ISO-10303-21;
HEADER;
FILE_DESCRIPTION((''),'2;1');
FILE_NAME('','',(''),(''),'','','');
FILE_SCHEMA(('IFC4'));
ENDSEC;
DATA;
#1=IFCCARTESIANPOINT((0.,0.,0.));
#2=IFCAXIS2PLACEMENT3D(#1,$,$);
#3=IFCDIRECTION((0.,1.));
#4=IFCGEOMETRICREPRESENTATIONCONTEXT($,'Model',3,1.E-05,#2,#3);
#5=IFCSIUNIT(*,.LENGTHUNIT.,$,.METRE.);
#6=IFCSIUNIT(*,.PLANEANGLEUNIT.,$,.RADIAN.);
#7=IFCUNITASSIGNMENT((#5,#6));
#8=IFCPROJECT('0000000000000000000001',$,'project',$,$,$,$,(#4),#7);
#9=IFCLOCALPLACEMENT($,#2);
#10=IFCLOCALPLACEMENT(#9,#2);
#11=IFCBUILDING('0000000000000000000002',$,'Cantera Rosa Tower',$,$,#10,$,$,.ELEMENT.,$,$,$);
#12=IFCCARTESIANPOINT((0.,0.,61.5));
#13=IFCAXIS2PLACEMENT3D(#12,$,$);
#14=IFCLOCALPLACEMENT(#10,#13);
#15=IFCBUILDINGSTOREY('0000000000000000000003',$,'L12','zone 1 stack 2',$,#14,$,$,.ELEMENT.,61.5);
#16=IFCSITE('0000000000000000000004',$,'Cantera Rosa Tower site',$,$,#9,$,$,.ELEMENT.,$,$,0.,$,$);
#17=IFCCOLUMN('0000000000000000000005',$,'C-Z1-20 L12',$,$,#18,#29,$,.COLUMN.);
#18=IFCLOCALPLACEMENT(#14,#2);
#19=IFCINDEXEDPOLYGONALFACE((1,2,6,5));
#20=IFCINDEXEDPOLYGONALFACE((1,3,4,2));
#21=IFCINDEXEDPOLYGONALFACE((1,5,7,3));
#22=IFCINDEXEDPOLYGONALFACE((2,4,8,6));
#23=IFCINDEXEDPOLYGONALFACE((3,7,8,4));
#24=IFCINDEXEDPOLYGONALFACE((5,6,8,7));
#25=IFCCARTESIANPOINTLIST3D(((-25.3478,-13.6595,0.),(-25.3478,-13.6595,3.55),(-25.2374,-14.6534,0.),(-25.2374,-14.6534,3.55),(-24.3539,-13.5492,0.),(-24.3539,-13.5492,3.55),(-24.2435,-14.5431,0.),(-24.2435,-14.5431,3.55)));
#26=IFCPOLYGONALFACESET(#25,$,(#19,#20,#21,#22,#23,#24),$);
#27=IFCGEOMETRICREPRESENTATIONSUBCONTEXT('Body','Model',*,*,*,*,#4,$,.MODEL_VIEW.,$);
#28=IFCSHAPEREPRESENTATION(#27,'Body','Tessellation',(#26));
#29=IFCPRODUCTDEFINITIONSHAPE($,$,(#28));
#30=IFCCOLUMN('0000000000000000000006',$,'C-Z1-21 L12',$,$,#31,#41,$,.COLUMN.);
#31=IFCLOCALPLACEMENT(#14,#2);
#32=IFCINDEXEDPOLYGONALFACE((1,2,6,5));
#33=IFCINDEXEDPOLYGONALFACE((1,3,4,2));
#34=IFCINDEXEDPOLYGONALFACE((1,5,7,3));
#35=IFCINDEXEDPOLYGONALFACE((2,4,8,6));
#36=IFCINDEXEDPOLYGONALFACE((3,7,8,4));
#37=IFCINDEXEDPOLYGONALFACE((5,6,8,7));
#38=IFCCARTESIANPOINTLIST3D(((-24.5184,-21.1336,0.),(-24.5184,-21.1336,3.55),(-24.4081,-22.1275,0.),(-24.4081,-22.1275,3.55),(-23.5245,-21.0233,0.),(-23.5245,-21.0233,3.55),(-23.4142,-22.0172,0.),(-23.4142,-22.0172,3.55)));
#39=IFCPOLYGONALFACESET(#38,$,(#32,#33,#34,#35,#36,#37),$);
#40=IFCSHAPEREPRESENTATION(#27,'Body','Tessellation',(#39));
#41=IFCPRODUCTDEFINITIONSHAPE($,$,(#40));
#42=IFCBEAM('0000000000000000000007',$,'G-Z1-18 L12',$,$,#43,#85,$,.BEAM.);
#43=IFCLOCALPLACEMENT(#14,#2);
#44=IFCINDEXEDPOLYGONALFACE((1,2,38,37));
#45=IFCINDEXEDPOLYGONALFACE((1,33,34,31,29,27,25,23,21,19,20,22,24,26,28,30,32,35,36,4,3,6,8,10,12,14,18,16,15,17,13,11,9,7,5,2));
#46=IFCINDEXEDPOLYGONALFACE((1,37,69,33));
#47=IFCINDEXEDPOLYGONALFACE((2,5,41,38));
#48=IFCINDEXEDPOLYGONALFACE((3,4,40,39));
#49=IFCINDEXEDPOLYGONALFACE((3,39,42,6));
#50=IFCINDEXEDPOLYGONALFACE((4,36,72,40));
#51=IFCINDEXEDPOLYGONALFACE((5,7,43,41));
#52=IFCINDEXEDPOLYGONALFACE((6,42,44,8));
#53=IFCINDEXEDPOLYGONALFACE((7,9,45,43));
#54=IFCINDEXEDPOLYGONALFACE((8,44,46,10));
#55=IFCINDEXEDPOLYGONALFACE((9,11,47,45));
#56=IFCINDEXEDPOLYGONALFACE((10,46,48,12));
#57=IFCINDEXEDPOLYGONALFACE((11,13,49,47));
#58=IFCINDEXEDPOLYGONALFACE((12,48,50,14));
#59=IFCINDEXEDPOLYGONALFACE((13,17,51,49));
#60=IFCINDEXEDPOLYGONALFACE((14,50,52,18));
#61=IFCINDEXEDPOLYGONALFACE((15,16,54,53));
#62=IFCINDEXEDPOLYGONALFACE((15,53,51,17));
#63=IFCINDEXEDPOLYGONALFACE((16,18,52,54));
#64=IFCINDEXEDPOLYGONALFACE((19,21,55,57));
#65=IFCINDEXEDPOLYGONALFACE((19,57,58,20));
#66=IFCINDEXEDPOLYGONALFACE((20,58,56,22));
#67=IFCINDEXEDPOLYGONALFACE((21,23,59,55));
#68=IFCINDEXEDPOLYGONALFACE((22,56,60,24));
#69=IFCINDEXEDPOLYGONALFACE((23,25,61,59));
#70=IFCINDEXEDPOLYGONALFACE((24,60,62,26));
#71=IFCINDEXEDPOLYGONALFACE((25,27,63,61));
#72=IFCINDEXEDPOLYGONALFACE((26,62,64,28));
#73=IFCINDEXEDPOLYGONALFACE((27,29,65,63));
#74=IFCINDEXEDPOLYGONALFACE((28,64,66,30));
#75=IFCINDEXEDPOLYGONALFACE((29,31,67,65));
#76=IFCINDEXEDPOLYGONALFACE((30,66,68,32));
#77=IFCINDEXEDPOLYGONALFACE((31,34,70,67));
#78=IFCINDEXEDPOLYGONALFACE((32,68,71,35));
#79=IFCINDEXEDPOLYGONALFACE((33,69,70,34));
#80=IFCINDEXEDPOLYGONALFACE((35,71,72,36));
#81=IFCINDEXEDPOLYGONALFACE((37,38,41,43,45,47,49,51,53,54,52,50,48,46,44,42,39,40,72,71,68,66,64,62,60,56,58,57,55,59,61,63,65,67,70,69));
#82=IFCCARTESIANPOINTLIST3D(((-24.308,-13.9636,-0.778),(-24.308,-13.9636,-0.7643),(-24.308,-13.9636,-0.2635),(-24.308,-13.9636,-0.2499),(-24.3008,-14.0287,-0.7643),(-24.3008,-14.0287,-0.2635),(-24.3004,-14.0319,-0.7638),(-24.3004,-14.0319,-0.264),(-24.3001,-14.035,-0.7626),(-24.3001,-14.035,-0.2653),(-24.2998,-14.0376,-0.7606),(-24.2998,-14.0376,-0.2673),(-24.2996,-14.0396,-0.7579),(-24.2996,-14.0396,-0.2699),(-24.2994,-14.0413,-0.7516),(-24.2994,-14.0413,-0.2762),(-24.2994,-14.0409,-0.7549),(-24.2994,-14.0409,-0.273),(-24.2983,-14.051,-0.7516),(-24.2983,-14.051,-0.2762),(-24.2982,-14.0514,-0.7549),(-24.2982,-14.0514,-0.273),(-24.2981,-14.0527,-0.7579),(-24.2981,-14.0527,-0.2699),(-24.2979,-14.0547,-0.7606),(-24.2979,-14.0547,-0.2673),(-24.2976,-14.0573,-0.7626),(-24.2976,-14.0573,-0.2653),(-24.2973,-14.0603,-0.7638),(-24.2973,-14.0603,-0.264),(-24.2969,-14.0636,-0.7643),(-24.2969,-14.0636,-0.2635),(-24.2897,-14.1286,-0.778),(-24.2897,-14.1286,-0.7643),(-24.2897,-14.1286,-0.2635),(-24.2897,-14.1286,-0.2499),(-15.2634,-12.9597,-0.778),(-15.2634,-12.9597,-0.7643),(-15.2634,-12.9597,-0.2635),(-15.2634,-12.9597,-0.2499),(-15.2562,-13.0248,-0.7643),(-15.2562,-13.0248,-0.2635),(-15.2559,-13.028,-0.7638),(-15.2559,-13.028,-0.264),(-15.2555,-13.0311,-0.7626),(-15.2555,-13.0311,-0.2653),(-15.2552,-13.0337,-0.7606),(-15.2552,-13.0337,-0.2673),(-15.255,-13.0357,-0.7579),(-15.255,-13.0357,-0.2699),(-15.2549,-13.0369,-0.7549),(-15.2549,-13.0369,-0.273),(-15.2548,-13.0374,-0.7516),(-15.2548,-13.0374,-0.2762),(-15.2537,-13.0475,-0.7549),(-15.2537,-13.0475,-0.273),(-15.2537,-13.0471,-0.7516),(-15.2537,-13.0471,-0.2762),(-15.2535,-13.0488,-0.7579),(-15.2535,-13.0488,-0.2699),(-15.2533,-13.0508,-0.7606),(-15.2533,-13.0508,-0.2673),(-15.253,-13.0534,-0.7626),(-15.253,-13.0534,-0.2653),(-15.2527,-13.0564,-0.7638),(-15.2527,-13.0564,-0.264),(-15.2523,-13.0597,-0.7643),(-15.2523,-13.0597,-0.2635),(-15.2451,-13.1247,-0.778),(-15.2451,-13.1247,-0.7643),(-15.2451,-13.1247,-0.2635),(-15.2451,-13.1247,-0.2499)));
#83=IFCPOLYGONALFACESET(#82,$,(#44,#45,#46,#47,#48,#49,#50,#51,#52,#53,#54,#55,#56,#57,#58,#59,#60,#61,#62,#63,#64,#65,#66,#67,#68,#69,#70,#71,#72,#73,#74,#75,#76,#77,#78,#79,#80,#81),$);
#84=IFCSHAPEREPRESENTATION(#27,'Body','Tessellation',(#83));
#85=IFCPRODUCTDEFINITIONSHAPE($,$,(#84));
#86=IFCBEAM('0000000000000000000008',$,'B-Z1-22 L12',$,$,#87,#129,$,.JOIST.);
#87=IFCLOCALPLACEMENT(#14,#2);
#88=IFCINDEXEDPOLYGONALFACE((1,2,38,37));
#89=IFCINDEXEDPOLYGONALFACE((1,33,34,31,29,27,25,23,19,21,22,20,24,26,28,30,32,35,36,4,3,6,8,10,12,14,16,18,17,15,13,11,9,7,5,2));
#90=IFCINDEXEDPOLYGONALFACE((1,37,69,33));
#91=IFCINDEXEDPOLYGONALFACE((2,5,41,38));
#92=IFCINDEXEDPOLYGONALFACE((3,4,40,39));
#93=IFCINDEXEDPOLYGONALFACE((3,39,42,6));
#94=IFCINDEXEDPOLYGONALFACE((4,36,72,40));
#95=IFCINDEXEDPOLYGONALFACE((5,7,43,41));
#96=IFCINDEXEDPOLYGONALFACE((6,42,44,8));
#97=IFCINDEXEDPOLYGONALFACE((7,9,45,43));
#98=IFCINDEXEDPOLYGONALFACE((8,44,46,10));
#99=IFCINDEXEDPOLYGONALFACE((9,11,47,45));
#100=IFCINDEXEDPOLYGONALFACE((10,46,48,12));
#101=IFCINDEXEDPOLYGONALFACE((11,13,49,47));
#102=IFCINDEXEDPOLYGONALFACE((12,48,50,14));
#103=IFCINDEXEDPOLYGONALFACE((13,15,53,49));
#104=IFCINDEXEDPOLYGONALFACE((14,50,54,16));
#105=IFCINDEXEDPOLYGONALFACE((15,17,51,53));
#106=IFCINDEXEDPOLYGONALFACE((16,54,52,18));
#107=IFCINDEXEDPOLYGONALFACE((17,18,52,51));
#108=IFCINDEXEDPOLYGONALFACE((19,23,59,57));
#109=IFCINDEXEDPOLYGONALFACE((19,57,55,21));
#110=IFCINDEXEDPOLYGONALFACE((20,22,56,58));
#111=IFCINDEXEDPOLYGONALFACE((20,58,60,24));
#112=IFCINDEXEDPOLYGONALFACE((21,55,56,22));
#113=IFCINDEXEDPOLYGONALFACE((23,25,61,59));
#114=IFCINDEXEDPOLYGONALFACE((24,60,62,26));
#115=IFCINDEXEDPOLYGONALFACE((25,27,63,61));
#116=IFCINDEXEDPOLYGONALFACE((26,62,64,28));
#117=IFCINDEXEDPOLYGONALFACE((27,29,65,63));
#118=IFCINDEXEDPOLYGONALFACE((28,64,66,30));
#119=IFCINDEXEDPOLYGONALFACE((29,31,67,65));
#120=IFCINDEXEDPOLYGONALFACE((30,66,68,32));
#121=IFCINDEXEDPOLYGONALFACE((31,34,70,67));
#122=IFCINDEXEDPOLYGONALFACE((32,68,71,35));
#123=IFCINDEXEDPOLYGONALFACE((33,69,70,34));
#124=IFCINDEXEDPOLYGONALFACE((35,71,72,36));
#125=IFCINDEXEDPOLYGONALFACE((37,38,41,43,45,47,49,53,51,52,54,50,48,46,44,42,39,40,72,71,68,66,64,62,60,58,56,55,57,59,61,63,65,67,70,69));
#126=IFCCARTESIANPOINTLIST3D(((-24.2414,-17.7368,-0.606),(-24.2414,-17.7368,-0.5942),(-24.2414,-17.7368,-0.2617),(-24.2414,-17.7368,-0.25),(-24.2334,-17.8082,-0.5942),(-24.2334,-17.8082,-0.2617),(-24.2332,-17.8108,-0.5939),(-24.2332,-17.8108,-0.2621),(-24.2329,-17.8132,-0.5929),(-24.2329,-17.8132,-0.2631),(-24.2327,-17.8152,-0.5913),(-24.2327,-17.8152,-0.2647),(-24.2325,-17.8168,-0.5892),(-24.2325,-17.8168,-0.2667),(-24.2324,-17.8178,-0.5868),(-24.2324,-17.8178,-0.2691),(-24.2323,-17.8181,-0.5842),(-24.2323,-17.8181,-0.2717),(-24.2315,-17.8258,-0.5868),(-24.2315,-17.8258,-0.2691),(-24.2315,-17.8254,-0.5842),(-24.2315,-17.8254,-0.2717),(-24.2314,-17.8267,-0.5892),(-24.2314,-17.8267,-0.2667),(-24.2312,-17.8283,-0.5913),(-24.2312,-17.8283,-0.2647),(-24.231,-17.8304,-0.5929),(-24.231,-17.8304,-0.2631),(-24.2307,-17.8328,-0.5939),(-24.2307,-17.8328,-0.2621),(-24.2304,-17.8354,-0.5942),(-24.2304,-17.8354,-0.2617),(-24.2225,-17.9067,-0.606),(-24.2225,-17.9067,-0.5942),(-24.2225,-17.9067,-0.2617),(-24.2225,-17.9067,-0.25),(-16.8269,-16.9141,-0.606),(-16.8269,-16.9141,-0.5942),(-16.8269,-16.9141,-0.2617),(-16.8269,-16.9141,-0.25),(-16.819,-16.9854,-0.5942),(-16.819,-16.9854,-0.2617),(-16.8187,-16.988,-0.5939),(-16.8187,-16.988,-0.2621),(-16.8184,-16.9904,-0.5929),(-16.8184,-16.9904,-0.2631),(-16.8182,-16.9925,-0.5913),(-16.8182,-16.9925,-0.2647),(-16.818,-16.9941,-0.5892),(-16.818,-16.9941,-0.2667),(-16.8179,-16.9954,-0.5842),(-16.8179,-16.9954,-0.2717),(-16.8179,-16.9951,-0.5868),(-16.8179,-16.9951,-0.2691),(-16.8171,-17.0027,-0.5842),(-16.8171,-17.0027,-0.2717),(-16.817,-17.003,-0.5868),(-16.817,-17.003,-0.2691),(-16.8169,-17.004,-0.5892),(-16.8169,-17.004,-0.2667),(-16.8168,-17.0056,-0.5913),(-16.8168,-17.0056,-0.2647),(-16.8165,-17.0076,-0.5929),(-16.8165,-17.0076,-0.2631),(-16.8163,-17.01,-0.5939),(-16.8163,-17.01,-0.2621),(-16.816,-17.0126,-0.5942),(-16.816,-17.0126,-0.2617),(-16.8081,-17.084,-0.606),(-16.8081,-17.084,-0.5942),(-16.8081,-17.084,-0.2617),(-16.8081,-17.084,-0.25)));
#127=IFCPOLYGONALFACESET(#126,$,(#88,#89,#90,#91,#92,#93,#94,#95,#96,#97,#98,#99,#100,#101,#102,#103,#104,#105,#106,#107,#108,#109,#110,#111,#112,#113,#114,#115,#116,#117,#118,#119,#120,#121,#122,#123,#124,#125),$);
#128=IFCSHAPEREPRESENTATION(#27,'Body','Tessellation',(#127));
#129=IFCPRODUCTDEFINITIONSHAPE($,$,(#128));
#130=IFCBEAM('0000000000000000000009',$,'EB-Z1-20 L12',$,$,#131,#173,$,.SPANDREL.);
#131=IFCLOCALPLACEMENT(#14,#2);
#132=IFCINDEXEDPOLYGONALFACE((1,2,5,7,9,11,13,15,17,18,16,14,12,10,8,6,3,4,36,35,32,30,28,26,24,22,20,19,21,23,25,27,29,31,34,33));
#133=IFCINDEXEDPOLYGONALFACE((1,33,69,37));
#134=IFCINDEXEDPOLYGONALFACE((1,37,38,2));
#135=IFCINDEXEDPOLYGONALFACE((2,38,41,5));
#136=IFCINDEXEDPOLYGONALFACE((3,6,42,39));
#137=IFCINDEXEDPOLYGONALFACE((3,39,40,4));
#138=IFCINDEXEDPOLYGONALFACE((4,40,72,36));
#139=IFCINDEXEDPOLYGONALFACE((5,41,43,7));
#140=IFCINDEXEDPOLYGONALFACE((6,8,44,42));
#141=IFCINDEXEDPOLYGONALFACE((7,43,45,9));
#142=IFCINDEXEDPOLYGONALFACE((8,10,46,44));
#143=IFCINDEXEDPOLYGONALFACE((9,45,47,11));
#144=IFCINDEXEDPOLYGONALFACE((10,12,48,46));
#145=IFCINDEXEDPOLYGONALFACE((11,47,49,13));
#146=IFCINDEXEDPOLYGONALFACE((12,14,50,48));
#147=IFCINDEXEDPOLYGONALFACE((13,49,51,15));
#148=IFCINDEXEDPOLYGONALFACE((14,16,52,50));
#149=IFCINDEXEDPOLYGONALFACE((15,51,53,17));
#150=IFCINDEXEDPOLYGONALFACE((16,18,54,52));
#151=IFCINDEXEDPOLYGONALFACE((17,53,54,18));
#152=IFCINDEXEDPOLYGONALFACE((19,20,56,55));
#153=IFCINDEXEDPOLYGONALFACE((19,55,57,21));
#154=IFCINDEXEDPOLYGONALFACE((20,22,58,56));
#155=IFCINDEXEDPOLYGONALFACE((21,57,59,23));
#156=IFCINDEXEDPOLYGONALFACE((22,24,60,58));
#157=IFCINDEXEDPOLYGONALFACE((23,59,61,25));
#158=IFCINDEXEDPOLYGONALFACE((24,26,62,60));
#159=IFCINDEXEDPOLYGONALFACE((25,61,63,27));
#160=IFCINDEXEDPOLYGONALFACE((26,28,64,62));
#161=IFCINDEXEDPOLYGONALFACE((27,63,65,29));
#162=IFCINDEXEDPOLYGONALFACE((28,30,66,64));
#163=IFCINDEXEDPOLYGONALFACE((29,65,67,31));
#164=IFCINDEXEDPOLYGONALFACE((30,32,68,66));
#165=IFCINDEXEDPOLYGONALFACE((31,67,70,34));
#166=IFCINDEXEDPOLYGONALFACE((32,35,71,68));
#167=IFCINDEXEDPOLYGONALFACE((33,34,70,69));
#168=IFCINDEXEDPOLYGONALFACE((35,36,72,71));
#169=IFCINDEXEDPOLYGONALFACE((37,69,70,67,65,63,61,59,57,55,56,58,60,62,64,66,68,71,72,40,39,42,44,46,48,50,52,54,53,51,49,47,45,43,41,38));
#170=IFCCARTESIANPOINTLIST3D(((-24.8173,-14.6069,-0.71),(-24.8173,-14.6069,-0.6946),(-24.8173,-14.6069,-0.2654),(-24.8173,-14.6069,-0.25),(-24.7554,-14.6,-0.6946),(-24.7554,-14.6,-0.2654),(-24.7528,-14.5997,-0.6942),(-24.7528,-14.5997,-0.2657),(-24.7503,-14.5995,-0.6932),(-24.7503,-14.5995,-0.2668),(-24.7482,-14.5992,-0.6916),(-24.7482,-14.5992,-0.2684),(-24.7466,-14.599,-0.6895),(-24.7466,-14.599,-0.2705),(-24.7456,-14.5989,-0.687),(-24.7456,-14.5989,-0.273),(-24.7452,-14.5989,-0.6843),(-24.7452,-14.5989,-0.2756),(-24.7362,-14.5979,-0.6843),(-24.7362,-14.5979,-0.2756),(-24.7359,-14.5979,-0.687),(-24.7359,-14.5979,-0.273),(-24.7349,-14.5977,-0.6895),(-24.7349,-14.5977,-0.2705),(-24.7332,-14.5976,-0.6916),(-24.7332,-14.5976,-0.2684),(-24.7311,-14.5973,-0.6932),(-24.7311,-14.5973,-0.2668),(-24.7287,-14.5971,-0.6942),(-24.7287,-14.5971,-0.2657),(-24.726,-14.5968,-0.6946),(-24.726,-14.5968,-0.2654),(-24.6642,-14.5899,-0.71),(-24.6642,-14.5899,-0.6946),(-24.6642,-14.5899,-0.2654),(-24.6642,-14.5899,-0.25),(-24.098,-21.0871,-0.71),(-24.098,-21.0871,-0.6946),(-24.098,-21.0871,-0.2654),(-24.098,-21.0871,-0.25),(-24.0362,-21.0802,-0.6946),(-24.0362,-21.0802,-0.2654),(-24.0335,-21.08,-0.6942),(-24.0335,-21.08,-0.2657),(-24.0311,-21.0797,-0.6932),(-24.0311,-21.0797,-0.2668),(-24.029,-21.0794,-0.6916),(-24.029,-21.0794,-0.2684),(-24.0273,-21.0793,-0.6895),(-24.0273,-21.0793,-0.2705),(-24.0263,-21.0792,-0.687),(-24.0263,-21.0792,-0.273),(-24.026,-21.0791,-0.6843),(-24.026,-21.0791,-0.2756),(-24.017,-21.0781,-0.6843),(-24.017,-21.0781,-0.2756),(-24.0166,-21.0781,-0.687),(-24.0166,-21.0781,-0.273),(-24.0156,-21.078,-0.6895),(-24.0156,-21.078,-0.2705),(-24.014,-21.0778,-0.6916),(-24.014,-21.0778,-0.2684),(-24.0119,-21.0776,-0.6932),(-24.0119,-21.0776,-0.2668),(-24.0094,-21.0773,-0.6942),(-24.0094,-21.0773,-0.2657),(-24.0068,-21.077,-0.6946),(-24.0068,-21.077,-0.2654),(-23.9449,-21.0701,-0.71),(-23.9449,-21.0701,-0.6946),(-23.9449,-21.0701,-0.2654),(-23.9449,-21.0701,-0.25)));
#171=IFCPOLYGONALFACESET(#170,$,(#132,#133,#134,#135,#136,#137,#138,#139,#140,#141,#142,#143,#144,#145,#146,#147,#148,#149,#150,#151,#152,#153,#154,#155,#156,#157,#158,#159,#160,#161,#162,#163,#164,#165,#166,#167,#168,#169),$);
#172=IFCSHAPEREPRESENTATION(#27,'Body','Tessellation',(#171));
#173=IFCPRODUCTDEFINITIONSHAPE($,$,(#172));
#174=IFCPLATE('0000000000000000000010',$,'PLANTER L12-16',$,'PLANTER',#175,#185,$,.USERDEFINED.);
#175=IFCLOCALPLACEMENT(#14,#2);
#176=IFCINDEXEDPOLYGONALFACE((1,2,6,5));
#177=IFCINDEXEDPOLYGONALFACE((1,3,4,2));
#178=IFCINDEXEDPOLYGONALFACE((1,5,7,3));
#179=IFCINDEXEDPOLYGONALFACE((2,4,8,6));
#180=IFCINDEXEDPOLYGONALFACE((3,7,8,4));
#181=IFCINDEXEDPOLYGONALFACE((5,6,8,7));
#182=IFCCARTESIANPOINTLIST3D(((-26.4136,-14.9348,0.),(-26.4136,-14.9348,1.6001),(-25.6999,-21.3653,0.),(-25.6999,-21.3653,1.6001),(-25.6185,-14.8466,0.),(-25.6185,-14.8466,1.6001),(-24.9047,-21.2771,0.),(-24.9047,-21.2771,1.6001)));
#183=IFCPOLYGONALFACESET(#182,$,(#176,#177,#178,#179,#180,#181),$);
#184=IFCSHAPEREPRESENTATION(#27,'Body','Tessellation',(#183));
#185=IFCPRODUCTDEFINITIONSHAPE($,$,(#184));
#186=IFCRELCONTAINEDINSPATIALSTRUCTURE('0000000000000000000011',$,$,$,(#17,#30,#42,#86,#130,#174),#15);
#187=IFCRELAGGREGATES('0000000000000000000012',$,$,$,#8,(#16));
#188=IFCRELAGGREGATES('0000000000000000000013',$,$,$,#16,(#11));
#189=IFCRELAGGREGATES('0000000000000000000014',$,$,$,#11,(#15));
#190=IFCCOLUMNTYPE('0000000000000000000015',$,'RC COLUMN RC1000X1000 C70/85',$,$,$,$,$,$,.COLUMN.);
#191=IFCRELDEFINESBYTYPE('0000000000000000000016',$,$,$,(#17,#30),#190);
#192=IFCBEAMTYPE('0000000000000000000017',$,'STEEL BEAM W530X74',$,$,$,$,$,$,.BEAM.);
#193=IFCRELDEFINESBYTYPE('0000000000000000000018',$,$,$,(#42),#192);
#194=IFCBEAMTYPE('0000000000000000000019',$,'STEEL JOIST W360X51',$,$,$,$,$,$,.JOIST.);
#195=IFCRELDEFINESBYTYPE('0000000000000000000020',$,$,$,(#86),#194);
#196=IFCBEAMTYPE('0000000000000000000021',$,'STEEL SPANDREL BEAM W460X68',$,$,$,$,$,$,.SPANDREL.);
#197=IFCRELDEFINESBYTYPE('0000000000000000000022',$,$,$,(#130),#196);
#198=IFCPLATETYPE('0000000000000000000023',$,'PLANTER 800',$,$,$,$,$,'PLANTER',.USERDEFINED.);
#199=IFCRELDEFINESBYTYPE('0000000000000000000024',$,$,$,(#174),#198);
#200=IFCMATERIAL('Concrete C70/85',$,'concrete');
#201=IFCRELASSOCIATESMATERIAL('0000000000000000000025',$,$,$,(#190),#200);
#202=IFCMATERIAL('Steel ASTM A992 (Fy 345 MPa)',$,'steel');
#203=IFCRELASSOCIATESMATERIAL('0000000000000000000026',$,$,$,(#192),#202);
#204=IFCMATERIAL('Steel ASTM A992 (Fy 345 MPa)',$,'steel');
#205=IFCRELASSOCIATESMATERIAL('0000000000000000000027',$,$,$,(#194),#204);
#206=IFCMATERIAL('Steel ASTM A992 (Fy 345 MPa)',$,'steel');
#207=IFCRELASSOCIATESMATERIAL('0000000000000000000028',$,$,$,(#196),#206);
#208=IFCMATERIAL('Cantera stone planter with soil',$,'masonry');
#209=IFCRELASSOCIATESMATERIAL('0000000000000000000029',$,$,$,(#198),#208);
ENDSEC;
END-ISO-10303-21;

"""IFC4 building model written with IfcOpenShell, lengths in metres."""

from ifc_helpers import new_model, si_unit, direction, frame, origin, origin_2d, place, context, subcontext, project, spatial, rectangle, i_section, extrude, material, material_profile, profile_set, type_object, element, save


model = new_model("IFC4")

# Units and contexts
model_context = context("Model", 3, precision=1e-05, world=origin(), true_north=direction((0.0, 1.0)))
body_context = subcontext(model_context, "Body", "Model", "MODEL_VIEW")
ifc_project = project(units=[si_unit("LENGTHUNIT", "METRE"), si_unit("PLANEANGLEUNIT", "RADIAN")], contexts=[model_context])

# Site, building, storey
site_placement = place(None, origin())
site = spatial("IfcSite", under=ifc_project, at=site_placement, Name="Cantera Rosa Tower site", CompositionType="ELEMENT", RefElevation=0.0)
building_placement = place(site_placement, origin())
building = spatial("IfcBuilding", under=site, at=building_placement, Name="Cantera Rosa Tower", CompositionType="ELEMENT")
storey_placement = place(building_placement, frame((0.0, 0.0, 61.5)))
storey = spatial("IfcBuildingStorey", under=building, at=storey_placement, Name="L12", Description="zone 1 stack 2", CompositionType="ELEMENT", Elevation=61.5)

# Columns
ifc_material_1 = material(Name="Concrete C70/85", Category="concrete")
ifc_material_profile_1 = material_profile(ifc_material_1, rectangle(XDim=1.0, YDim=1.0, at=origin_2d()), Name="RC COLUMN RC1000X1000 C70/85")
ifc_profile_set_1 = profile_set([ifc_material_profile_1], Name="Concrete C70/85")
column_type = type_object("IfcColumnType", Name="RC COLUMN RC1000X1000 C70/85", PredefinedType="COLUMN", material=ifc_profile_set_1)
for number, where, z_axis, x_axis, name in (
    (1, (-24.7957, -14.1013, 0.0), (0.0, 0.0, 1.0), (0.993897, 0.110313, 0.0), "C-Z1-20 L12"),
    (2, (-23.9663, -21.5754, 0.0), (0.0, 0.0, 1.0), (0.993897, 0.110313, 0.0), "C-Z1-21 L12"),
):
    element("IfcColumn", number, at=place(storey_placement, frame(where, z_axis=z_axis, x_axis=x_axis)), inside=storey, type_object=column_type, Name=name, PredefinedType="COLUMN", context=body_context, shape_type="SweptSolid", body=[
        extrude(rectangle(XDim=1.0, YDim=1.0, at=origin_2d()), origin(), (0.0, 0.0, 1.0), 3.55),
    ])

# Beams
ifc_material_2 = material(Name="Steel ASTM A992 (Fy 345 MPa)", Category="steel")
ifc_material_profile_2 = material_profile(ifc_material_2, i_section(OverallWidth=0.166, OverallDepth=0.5281, WebThickness=0.0098, FlangeThickness=0.0137, FilletRadius=0.0127, at=origin_2d()), Name="W530X74")
ifc_profile_set_2 = profile_set([ifc_material_profile_2], Name="Steel ASTM A992 (Fy 345 MPa)")
beam_type_1 = type_object("IfcBeamType", Name="STEEL BEAM W530X74", PredefinedType="BEAM", material=ifc_profile_set_2)
beam_1_placement = place(storey_placement, frame((-24.2988, -14.0461, -0.5139), z_axis=(0.993896, 0.11032, 0.0), x_axis=(-0.11032, 0.993896, 0.0)))
element("IfcBeam", 3, at=beam_1_placement, inside=storey, type_object=beam_type_1, Name="G-Z1-18 L12", PredefinedType="BEAM", context=body_context, shape_type="SweptSolid", body=[
    extrude(i_section(OverallWidth=0.166, OverallDepth=0.5281, WebThickness=0.0098, FlangeThickness=0.0137, FilletRadius=0.0127, at=origin_2d()), origin(), (0.0, 0.0, 1.0), 9.1001),
])
ifc_material_3 = material(Name="Steel ASTM A992 (Fy 345 MPa)", Category="steel")
ifc_material_profile_3 = material_profile(ifc_material_3, i_section(OverallWidth=0.1709, OverallDepth=0.356, WebThickness=0.0073, FlangeThickness=0.0117, FilletRadius=0.01, at=origin_2d()), Name="W360X51")
ifc_profile_set_3 = profile_set([ifc_material_profile_3], Name="Steel ASTM A992 (Fy 345 MPa)")
beam_type_2 = type_object("IfcBeamType", Name="STEEL JOIST W360X51", PredefinedType="JOIST", material=ifc_profile_set_3)
beam_2_placement = place(storey_placement, frame((-24.2319, -17.8218, -0.428), z_axis=(0.9939, 0.110288, 0.0), x_axis=(-0.110288, 0.9939, 0.0)))
element("IfcBeam", 4, at=beam_2_placement, inside=storey, type_object=beam_type_2, Name="B-Z1-22 L12", PredefinedType="JOIST", context=body_context, shape_type="SweptSolid", body=[
    extrude(i_section(OverallWidth=0.1709, OverallDepth=0.356, WebThickness=0.0073, FlangeThickness=0.0117, FilletRadius=0.01, at=origin_2d()), origin(), (0.0, 0.0, 1.0), 7.46),
])
ifc_material_4 = material(Name="Steel ASTM A992 (Fy 345 MPa)", Category="steel")
ifc_material_profile_4 = material_profile(ifc_material_4, i_section(OverallWidth=0.1541, OverallDepth=0.46, WebThickness=0.009, FlangeThickness=0.0154, FilletRadius=0.0103, at=origin_2d()), Name="W460X68")
ifc_profile_set_4 = profile_set([ifc_material_profile_4], Name="Steel ASTM A992 (Fy 345 MPa)")
beam_type_3 = type_object("IfcBeamType", Name="STEEL SPANDREL BEAM W460X68", PredefinedType="SPANDREL", material=ifc_profile_set_4)
beam_3_placement = place(storey_placement, frame((-24.7407, -14.5984, -0.48), z_axis=(0.110312, -0.993897, 0.0), x_axis=(0.993897, 0.110312, 0.0)))
element("IfcBeam", 5, at=beam_3_placement, inside=storey, type_object=beam_type_3, Name="EB-Z1-20 L12", PredefinedType="SPANDREL", context=body_context, shape_type="SweptSolid", body=[
    extrude(i_section(OverallWidth=0.1541, OverallDepth=0.46, WebThickness=0.009, FlangeThickness=0.0154, FilletRadius=0.0103, at=origin_2d()), origin(), (0.0, 0.0, 1.0), 6.52),
])

# Plate
ifc_material_5 = material(Name="Cantera stone planter with soil", Category="masonry")
plate_type = type_object("IfcPlateType", Name="PLANTER 800", ElementType="PLANTER", PredefinedType="USERDEFINED", material=ifc_material_5)
plate_placement = place(storey_placement, frame((-25.6592, -18.106, 0.0), z_axis=(0.0, 0.0, 1.0), x_axis=(0.110313, -0.993897, 0.0)))
element("IfcPlate", 6, at=plate_placement, inside=storey, type_object=plate_type, Name="PLANTER L12-16", ObjectType="PLANTER", PredefinedType="USERDEFINED", context=body_context, shape_type="SweptSolid", body=[
    extrude(rectangle(XDim=6.47, YDim=0.8, at=origin_2d()), origin(), (0.0, 0.0, 1.0), 1.6001),
])

save(model, "model.ifc")
